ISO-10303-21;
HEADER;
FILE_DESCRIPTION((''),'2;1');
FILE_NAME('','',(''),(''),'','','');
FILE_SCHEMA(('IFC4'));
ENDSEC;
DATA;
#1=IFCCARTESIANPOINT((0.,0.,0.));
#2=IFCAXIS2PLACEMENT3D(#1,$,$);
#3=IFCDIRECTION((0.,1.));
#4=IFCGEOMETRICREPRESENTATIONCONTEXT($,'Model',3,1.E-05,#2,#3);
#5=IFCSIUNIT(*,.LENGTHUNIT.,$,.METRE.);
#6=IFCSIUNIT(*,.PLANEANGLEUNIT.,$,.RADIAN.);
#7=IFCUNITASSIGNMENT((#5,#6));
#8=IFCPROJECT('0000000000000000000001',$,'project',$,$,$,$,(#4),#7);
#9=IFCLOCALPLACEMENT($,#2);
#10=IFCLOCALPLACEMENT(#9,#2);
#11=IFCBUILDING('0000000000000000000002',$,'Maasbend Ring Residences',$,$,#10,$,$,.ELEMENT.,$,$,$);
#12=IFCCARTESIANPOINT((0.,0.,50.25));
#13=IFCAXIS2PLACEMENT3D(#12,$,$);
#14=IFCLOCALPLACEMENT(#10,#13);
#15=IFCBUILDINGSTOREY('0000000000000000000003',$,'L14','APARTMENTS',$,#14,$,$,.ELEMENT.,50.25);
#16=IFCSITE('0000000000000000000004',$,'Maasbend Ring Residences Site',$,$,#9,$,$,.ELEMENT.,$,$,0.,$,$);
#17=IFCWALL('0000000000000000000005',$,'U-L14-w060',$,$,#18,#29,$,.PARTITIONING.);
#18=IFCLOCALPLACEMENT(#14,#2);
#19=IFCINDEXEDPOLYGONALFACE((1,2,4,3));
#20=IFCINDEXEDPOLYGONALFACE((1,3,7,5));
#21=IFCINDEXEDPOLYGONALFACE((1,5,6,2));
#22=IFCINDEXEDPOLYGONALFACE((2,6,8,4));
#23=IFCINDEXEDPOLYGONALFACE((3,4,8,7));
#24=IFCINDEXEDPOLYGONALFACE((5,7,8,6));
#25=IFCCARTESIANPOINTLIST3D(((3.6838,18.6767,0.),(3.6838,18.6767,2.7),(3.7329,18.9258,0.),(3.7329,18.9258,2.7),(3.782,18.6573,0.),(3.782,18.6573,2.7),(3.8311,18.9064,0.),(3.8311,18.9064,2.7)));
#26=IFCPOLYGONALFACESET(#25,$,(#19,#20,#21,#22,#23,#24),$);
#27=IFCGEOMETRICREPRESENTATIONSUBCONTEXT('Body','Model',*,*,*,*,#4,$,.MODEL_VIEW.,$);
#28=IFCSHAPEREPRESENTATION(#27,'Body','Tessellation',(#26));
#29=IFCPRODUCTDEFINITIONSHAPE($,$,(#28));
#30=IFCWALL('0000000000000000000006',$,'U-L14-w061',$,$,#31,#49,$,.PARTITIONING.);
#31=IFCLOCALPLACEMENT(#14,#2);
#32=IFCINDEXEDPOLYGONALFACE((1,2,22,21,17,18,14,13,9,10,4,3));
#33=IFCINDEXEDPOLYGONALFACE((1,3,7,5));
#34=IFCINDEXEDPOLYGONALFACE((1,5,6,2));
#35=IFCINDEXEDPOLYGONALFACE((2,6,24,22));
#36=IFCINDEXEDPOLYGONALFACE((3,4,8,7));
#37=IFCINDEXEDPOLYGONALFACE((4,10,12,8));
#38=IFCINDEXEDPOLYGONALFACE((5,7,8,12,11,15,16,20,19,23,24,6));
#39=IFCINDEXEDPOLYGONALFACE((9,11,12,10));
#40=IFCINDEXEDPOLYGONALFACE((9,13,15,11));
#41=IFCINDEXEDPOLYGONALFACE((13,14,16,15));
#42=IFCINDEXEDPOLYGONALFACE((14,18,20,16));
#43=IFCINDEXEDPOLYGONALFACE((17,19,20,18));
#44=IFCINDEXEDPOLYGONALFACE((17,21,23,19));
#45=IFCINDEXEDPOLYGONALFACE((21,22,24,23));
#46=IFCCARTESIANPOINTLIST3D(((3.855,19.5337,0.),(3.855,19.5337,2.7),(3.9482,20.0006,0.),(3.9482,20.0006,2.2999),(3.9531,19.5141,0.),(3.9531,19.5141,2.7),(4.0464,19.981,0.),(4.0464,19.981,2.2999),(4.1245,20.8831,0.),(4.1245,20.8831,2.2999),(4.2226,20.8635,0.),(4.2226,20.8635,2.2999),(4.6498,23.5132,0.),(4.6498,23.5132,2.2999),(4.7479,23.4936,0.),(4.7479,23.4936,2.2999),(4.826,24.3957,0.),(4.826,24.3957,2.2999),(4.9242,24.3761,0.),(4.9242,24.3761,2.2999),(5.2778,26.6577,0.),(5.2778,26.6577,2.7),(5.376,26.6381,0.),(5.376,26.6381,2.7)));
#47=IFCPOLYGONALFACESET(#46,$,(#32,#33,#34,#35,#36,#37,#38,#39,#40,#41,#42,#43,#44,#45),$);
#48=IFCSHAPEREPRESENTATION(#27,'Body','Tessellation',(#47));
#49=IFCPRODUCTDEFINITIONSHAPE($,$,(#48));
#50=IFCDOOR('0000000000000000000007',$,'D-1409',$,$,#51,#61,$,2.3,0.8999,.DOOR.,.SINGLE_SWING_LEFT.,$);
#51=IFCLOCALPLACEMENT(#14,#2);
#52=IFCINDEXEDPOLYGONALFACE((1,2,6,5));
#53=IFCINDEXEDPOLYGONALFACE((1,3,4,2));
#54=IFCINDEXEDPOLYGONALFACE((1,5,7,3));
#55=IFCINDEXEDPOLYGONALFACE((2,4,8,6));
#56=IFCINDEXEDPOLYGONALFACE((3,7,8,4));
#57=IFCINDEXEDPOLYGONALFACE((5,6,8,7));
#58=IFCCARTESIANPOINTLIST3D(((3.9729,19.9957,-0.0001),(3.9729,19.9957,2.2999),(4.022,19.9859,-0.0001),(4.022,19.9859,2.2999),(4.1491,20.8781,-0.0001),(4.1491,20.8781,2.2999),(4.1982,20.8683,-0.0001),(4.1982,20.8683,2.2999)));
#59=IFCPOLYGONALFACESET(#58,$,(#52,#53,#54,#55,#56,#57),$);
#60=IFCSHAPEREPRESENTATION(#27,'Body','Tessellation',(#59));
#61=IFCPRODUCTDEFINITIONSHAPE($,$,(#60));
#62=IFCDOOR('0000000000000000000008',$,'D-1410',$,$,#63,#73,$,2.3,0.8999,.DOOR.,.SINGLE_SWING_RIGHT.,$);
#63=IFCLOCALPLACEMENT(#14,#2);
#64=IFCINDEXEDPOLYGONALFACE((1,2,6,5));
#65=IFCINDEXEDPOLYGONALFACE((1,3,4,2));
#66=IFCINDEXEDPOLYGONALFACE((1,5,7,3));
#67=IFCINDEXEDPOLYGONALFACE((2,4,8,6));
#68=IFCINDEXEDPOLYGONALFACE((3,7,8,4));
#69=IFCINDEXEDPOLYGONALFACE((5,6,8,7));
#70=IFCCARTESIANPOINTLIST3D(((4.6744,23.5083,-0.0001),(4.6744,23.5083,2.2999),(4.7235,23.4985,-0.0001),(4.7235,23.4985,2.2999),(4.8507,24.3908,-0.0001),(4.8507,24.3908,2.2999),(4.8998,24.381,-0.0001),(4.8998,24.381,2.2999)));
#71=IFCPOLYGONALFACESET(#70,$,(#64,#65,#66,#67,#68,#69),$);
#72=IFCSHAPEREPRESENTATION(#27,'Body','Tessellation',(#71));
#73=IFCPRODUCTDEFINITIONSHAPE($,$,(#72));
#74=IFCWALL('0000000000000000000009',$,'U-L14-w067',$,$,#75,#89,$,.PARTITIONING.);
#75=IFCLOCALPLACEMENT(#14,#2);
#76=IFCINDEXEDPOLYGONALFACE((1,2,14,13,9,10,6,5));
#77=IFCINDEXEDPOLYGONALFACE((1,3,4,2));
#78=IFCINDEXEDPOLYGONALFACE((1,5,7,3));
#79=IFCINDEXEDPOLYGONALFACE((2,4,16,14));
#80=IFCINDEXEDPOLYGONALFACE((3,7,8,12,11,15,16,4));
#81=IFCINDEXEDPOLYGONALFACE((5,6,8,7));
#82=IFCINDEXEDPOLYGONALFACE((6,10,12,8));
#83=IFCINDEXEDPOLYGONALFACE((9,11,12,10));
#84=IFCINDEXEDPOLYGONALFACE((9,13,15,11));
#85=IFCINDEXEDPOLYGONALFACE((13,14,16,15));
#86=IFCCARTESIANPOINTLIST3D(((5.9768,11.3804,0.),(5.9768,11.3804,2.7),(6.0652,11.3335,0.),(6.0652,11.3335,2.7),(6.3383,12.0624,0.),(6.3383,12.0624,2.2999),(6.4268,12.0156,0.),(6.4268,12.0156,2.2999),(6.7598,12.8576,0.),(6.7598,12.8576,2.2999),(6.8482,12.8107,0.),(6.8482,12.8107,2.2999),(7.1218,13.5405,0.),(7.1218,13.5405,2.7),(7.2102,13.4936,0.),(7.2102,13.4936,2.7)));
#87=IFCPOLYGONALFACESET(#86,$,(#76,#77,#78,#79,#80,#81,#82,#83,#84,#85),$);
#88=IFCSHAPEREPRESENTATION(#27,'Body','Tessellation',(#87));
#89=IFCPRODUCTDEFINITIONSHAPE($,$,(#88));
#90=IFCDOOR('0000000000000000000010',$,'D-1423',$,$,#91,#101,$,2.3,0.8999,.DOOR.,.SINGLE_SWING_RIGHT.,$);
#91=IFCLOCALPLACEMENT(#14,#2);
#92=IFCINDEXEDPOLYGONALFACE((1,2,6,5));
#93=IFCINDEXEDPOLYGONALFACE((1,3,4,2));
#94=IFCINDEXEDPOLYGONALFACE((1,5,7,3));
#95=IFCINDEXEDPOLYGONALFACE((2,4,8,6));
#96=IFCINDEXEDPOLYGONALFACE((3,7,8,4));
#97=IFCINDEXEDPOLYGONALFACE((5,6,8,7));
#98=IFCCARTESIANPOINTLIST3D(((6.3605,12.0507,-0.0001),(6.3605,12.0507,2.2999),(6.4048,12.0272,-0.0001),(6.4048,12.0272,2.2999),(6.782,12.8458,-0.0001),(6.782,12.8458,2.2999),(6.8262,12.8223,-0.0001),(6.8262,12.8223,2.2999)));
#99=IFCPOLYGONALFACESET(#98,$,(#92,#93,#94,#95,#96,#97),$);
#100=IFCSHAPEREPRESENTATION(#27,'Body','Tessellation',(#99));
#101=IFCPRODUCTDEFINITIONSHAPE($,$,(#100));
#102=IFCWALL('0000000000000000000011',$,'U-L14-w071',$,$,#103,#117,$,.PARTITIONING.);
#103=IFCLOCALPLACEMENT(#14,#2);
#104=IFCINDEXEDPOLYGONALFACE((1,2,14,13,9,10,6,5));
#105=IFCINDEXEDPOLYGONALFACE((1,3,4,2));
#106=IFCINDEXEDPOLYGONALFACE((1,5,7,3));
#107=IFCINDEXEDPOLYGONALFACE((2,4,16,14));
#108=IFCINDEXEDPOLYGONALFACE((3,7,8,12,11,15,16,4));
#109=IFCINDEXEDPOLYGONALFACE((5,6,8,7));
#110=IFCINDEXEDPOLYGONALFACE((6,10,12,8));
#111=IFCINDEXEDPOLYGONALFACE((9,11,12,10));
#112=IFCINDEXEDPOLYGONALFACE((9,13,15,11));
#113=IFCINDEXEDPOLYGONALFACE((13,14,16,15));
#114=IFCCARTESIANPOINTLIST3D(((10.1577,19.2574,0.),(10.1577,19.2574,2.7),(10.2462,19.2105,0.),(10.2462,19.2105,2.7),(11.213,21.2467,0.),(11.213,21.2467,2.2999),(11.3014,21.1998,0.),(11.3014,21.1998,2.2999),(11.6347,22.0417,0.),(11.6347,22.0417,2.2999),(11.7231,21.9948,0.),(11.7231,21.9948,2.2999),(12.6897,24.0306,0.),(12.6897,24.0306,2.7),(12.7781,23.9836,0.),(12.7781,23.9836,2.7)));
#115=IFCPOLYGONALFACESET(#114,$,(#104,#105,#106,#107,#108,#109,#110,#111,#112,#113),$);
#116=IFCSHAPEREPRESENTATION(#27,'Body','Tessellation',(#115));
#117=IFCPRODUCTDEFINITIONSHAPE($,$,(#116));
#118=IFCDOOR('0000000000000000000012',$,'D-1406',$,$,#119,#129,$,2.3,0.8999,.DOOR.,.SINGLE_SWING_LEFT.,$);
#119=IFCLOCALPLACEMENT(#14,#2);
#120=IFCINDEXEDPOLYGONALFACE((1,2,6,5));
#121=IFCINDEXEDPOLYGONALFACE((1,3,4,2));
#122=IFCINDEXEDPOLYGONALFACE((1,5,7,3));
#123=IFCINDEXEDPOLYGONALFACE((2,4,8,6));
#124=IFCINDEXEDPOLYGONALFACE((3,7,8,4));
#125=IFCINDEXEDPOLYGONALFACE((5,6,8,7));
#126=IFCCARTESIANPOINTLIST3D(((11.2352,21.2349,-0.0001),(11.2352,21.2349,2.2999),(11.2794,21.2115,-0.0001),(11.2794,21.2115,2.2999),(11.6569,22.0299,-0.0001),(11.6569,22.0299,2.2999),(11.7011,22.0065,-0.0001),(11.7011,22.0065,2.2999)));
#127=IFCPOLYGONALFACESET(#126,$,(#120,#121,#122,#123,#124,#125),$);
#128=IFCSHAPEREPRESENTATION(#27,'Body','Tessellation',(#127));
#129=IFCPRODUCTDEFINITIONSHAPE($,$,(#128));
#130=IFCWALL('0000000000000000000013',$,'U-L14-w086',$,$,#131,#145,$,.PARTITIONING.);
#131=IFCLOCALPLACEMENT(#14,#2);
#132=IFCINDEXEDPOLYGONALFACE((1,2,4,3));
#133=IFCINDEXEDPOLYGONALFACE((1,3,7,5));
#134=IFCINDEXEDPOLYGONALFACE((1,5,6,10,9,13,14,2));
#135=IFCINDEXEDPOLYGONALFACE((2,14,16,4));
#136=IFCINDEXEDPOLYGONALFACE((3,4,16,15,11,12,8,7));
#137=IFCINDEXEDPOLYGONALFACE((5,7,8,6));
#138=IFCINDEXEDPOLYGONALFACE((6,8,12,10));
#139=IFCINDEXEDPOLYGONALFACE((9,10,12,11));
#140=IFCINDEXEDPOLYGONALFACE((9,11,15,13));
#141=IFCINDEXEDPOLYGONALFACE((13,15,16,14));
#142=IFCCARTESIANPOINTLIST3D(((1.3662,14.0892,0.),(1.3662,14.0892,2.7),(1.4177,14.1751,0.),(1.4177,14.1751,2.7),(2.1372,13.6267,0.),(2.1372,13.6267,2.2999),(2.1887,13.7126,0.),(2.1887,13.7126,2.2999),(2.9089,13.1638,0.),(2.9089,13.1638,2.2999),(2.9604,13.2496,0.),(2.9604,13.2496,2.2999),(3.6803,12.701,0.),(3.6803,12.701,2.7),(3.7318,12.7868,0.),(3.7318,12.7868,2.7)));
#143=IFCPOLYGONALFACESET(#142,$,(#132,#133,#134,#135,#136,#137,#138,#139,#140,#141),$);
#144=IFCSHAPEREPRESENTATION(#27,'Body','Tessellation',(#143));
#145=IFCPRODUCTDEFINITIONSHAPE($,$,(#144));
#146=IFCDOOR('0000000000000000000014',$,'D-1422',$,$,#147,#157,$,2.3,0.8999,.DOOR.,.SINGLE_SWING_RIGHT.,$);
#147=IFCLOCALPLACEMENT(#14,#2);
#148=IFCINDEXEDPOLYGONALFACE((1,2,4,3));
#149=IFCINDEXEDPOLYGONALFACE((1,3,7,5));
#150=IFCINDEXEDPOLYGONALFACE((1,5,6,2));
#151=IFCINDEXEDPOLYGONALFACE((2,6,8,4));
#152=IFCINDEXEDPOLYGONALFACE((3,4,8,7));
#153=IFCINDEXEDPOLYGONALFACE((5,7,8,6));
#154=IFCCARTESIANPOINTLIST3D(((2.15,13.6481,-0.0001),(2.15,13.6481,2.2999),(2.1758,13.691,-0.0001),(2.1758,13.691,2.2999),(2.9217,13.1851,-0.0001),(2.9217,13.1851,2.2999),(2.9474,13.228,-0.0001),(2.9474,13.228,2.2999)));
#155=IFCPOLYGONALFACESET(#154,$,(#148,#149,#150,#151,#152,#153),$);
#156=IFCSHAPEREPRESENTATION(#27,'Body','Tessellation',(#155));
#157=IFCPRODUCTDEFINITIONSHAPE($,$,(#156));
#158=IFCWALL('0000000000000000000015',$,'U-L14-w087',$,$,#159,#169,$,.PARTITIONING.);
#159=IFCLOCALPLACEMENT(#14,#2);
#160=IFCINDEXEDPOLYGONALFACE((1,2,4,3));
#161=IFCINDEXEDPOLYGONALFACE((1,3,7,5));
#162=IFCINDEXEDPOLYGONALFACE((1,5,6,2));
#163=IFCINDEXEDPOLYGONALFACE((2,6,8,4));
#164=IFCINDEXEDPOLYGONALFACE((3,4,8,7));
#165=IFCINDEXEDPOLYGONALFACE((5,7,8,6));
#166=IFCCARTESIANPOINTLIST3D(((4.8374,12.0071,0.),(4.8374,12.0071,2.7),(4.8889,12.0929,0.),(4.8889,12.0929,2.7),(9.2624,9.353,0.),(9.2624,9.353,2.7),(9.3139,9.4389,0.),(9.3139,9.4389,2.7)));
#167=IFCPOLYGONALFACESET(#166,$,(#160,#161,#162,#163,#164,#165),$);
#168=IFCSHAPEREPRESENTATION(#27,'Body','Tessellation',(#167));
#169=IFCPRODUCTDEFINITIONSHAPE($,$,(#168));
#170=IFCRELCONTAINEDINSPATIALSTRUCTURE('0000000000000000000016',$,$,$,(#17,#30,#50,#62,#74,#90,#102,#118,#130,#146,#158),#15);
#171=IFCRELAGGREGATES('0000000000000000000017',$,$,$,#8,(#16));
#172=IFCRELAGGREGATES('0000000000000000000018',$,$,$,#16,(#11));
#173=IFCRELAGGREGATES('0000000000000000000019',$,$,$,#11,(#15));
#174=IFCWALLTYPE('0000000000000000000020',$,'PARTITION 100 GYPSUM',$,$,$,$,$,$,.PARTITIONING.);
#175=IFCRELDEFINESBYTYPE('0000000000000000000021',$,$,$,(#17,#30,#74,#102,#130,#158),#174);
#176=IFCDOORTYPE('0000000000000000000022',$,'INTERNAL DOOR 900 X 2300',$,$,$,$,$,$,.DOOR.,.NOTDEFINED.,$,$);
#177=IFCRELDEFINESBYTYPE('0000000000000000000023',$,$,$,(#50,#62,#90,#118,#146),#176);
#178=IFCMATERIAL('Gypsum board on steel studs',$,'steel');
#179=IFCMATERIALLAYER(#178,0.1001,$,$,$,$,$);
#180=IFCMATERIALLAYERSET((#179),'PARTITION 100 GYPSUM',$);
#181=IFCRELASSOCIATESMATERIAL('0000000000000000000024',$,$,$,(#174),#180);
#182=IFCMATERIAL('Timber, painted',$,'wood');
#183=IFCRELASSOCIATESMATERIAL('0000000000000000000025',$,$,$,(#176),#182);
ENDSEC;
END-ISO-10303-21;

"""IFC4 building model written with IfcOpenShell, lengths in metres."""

from ifc_helpers import new_model, si_unit, direction, frame, frame_2d, origin, place, context, subcontext, project, spatial, rectangle, extrude, material, layer, layer_set, type_object, element, fill, save


model = new_model("IFC4")

# Units and contexts
model_context = context("Model", 3, precision=1e-05, world=origin(), true_north=direction((0.0, 1.0)))
body_context = subcontext(model_context, "Body", "Model", "MODEL_VIEW")
ifc_project = project(units=[si_unit("LENGTHUNIT", "METRE"), si_unit("PLANEANGLEUNIT", "RADIAN")], contexts=[model_context])

# Site, building, storey
site_placement = place(None, origin())
site = spatial("IfcSite", under=ifc_project, at=site_placement, Name="Maasbend Ring Residences Site", CompositionType="ELEMENT", RefElevation=0.0)
building_placement = place(site_placement, origin())
building = spatial("IfcBuilding", under=site, at=building_placement, Name="Maasbend Ring Residences", CompositionType="ELEMENT")
storey_placement = place(building_placement, frame((0.0, 0.0, 50.25)))
storey = spatial("IfcBuildingStorey", under=building, at=storey_placement, Name="L14", Description="APARTMENTS", CompositionType="ELEMENT", Elevation=50.25)

# Wall
ifc_material_1 = material(Name="Gypsum board on steel studs", Category="steel")
ifc_layer_1 = layer(ifc_material_1, 0.1001)
ifc_layer_set_1 = layer_set([ifc_layer_1], Name="PARTITION 100 GYPSUM")
wall_type_1 = type_object("IfcWallType", Name="PARTITION 100 GYPSUM", PredefinedType="PARTITIONING", material=ifc_layer_set_1)
wall_1_placement = place(storey_placement, frame((3.7329, 18.667, 0.0), z_axis=(0.0, 0.0, 1.0), x_axis=(0.193341, 0.981132, 0.0)))
element("IfcWall", 1, at=wall_1_placement, inside=storey, type_object=wall_type_1, Name="U-L14-w060", PredefinedType="PARTITIONING", context=body_context, shape_type="SweptSolid", body=[
    extrude(rectangle(XDim=0.2539, YDim=0.1001, at=frame_2d((0.127, 0.0))), origin(), (0.0, 0.0, 1.0), 2.7),
])

# Wall, openings, doors
wall_2_placement = place(storey_placement, frame((3.9041, 19.5239, 0.0), z_axis=(0.0, 0.0, 1.0), x_axis=(0.195858, 0.980632, 0.0)))
wall_2 = element("IfcWall", 2, at=wall_2_placement, inside=storey, type_object=wall_type_1, Name="U-L14-w061", PredefinedType="PARTITIONING", context=body_context, shape_type="SweptSolid", body=[
    extrude(rectangle(XDim=7.2646, YDim=0.1001, at=frame_2d((3.6323, 0.0))), origin(), (0.0, 0.0, 1.0), 2.7),
])
opening_1_placement = place(wall_2_placement, frame((0.4761, 0.0, 0.0)))
opening_1 = element("IfcOpeningElement", 3, at=opening_1_placement, cuts=wall_2, PredefinedType="OPENING", context=body_context, shape_type="SweptSolid", body=[
    extrude(rectangle(XDim=0.8999, YDim=2.3, at=frame_2d((0.45, 1.1499))), frame((0.0, 0.0601, 0.0), z_axis=(0.0, -1.0, 0.0), x_axis=(1.0, 0.0, 0.0)), (0.0, 0.0, 1.0), 0.1201),
])
opening_2_placement = place(wall_2_placement, frame((4.0581, 0.0, 0.0)))
opening_2 = element("IfcOpeningElement", 4, at=opening_2_placement, cuts=wall_2, PredefinedType="OPENING", context=body_context, shape_type="SweptSolid", body=[
    extrude(rectangle(XDim=0.8999, YDim=2.3, at=frame_2d((0.45, 1.1499))), frame((0.0, 0.0601, 0.0), z_axis=(0.0, -1.0, 0.0), x_axis=(1.0, 0.0, 0.0)), (0.0, 0.0, 1.0), 0.1201),
])
ifc_material_2 = material(Name="Timber, painted", Category="wood")
door_type_1 = type_object("IfcDoorType", Name="INTERNAL DOOR 900 X 2300", OperationType="NOTDEFINED", PredefinedType="DOOR", material=ifc_material_2)
door_1_placement = place(opening_1_placement, origin())
door_1 = element("IfcDoor", 5, at=door_1_placement, inside=storey, type_object=door_type_1, Name="D-1409", OperationType="SINGLE_SWING_LEFT", OverallHeight=2.3, OverallWidth=0.8999, PredefinedType="DOOR", context=body_context, shape_type="SweptSolid", body=[
    extrude(rectangle(XDim=0.8999, YDim=2.3, at=frame_2d((0.45, 1.1499))), frame((0.0, 0.0249, 0.0), z_axis=(0.0, -1.0, 0.0), x_axis=(1.0, 0.0, 0.0)), (0.0, 0.0, 1.0), 0.05),
])
fill(opening_1, door_1)
door_2_placement = place(opening_2_placement, origin())
door_2 = element("IfcDoor", 6, at=door_2_placement, inside=storey, type_object=door_type_1, Name="D-1410", OperationType="SINGLE_SWING_RIGHT", OverallHeight=2.3, OverallWidth=0.8999, PredefinedType="DOOR", context=body_context, shape_type="SweptSolid", body=[
    extrude(rectangle(XDim=0.8999, YDim=2.3, at=frame_2d((0.45, 1.1499))), frame((0.0, 0.0249, 0.0), z_axis=(0.0, -1.0, 0.0), x_axis=(1.0, 0.0, 0.0)), (0.0, 0.0, 1.0), 0.05),
])
fill(opening_2, door_2)

# Walls, openings, doors
wall_3_placement = place(storey_placement, frame((6.021, 11.3569, 0.0), z_axis=(0.0, 0.0, 1.0), x_axis=(0.468337, 0.88355, 0.0)))
wall_3 = element("IfcWall", 7, at=wall_3_placement, inside=storey, type_object=wall_type_1, Name="U-L14-w067", PredefinedType="PARTITIONING", context=body_context, shape_type="SweptSolid", body=[
    extrude(rectangle(XDim=2.4448, YDim=0.1001, at=frame_2d((1.2224, 0.0))), origin(), (0.0, 0.0, 1.0), 2.7),
])
opening_3_placement = place(wall_3_placement, frame((0.772, 0.0, 0.0)))
opening_3 = element("IfcOpeningElement", 8, at=opening_3_placement, cuts=wall_3, PredefinedType="OPENING", context=body_context, shape_type="SweptSolid", body=[
    extrude(rectangle(XDim=0.8999, YDim=2.3, at=frame_2d((0.45, 1.1499))), frame((0.0, 0.0601, 0.0), z_axis=(0.0, -1.0, 0.0), x_axis=(1.0, 0.0, 0.0)), (0.0, 0.0, 1.0), 0.1201),
])
door_3_placement = place(opening_3_placement, origin())
door_3 = element("IfcDoor", 9, at=door_3_placement, inside=storey, type_object=door_type_1, Name="D-1423", OperationType="SINGLE_SWING_RIGHT", OverallHeight=2.3, OverallWidth=0.8999, PredefinedType="DOOR", context=body_context, shape_type="SweptSolid", body=[
    extrude(rectangle(XDim=0.8999, YDim=2.3, at=frame_2d((0.45, 1.1499))), frame((0.0, 0.0249, 0.0), z_axis=(0.0, -1.0, 0.0), x_axis=(1.0, 0.0, 0.0)), (0.0, 0.0, 1.0), 0.05),
])
fill(opening_3, door_3)
wall_4_placement = place(storey_placement, frame((10.2019, 19.2339, 0.0), z_axis=(0.0, 0.0, 1.0), x_axis=(0.46861, 0.883405, 0.0)))
wall_4 = element("IfcWall", 10, at=wall_4_placement, inside=storey, type_object=wall_type_1, Name="U-L14-w071", PredefinedType="PARTITIONING", context=body_context, shape_type="SweptSolid", body=[
    extrude(rectangle(XDim=5.4031, YDim=0.1001, at=frame_2d((2.7017, 0.0))), origin(), (0.0, 0.0, 1.0), 2.7),
])
opening_4_placement = place(wall_4_placement, frame((2.252, 0.0, 0.0)))
opening_4 = element("IfcOpeningElement", 11, at=opening_4_placement, cuts=wall_4, PredefinedType="OPENING", context=body_context, shape_type="SweptSolid", body=[
    extrude(rectangle(XDim=0.8999, YDim=2.3, at=frame_2d((0.45, 1.1499))), frame((0.0, 0.0601, 0.0), z_axis=(0.0, -1.0, 0.0), x_axis=(1.0, 0.0, 0.0)), (0.0, 0.0, 1.0), 0.1201),
])
door_4_placement = place(opening_4_placement, origin())
door_4 = element("IfcDoor", 12, at=door_4_placement, inside=storey, type_object=door_type_1, Name="D-1406", OperationType="SINGLE_SWING_LEFT", OverallHeight=2.3, OverallWidth=0.8999, PredefinedType="DOOR", context=body_context, shape_type="SweptSolid", body=[
    extrude(rectangle(XDim=0.8999, YDim=2.3, at=frame_2d((0.45, 1.1499))), frame((0.0, 0.0249, 0.0), z_axis=(0.0, -1.0, 0.0), x_axis=(1.0, 0.0, 0.0)), (0.0, 0.0, 1.0), 0.05),
])
fill(opening_4, door_4)
wall_5_placement = place(storey_placement, frame((1.3921, 14.1321, 0.0), z_axis=(0.0, 0.0, 1.0), x_axis=(0.857525, -0.514443, 0.0)))
wall_5 = element("IfcWall", 13, at=wall_5_placement, inside=storey, type_object=wall_type_1, Name="U-L14-w086", PredefinedType="PARTITIONING", context=body_context, shape_type="SweptSolid", body=[
    extrude(rectangle(XDim=2.6985, YDim=0.1001, at=frame_2d((1.3491, 0.0))), origin(), (0.0, 0.0, 1.0), 2.7),
])
opening_5_placement = place(wall_5_placement, frame((0.8989, 0.0, 0.0)))
opening_5 = element("IfcOpeningElement", 14, at=opening_5_placement, cuts=wall_5, PredefinedType="OPENING", context=body_context, shape_type="SweptSolid", body=[
    extrude(rectangle(XDim=0.8999, YDim=2.3, at=frame_2d((0.45, 1.1499))), frame((0.0, 0.0601, 0.0), z_axis=(0.0, -1.0, 0.0), x_axis=(1.0, 0.0, 0.0)), (0.0, 0.0, 1.0), 0.1201),
])
door_5_placement = place(opening_5_placement, origin())
door_5 = element("IfcDoor", 15, at=door_5_placement, inside=storey, type_object=door_type_1, Name="D-1422", OperationType="SINGLE_SWING_RIGHT", OverallHeight=2.3, OverallWidth=0.8999, PredefinedType="DOOR", context=body_context, shape_type="SweptSolid", body=[
    extrude(rectangle(XDim=0.8999, YDim=2.3, at=frame_2d((0.45, 1.1499))), frame((0.0, 0.0249, 0.0), z_axis=(0.0, -1.0, 0.0), x_axis=(1.0, 0.0, 0.0)), (0.0, 0.0, 1.0), 0.05),
])
fill(opening_5, door_5)

# Wall
wall_6_placement = place(storey_placement, frame((4.863, 12.05, 0.0), z_axis=(0.0, 0.0, 1.0), x_axis=(0.857576, -0.514357, 0.0)))
element("IfcWall", 16, at=wall_6_placement, inside=storey, type_object=wall_type_1, Name="U-L14-w087", PredefinedType="PARTITIONING", context=body_context, shape_type="SweptSolid", body=[
    extrude(rectangle(XDim=5.1599, YDim=0.1001, at=frame_2d((2.5801, 0.0))), origin(), (0.0, 0.0, 1.0), 2.7),
])

save(model, "model.ifc")
